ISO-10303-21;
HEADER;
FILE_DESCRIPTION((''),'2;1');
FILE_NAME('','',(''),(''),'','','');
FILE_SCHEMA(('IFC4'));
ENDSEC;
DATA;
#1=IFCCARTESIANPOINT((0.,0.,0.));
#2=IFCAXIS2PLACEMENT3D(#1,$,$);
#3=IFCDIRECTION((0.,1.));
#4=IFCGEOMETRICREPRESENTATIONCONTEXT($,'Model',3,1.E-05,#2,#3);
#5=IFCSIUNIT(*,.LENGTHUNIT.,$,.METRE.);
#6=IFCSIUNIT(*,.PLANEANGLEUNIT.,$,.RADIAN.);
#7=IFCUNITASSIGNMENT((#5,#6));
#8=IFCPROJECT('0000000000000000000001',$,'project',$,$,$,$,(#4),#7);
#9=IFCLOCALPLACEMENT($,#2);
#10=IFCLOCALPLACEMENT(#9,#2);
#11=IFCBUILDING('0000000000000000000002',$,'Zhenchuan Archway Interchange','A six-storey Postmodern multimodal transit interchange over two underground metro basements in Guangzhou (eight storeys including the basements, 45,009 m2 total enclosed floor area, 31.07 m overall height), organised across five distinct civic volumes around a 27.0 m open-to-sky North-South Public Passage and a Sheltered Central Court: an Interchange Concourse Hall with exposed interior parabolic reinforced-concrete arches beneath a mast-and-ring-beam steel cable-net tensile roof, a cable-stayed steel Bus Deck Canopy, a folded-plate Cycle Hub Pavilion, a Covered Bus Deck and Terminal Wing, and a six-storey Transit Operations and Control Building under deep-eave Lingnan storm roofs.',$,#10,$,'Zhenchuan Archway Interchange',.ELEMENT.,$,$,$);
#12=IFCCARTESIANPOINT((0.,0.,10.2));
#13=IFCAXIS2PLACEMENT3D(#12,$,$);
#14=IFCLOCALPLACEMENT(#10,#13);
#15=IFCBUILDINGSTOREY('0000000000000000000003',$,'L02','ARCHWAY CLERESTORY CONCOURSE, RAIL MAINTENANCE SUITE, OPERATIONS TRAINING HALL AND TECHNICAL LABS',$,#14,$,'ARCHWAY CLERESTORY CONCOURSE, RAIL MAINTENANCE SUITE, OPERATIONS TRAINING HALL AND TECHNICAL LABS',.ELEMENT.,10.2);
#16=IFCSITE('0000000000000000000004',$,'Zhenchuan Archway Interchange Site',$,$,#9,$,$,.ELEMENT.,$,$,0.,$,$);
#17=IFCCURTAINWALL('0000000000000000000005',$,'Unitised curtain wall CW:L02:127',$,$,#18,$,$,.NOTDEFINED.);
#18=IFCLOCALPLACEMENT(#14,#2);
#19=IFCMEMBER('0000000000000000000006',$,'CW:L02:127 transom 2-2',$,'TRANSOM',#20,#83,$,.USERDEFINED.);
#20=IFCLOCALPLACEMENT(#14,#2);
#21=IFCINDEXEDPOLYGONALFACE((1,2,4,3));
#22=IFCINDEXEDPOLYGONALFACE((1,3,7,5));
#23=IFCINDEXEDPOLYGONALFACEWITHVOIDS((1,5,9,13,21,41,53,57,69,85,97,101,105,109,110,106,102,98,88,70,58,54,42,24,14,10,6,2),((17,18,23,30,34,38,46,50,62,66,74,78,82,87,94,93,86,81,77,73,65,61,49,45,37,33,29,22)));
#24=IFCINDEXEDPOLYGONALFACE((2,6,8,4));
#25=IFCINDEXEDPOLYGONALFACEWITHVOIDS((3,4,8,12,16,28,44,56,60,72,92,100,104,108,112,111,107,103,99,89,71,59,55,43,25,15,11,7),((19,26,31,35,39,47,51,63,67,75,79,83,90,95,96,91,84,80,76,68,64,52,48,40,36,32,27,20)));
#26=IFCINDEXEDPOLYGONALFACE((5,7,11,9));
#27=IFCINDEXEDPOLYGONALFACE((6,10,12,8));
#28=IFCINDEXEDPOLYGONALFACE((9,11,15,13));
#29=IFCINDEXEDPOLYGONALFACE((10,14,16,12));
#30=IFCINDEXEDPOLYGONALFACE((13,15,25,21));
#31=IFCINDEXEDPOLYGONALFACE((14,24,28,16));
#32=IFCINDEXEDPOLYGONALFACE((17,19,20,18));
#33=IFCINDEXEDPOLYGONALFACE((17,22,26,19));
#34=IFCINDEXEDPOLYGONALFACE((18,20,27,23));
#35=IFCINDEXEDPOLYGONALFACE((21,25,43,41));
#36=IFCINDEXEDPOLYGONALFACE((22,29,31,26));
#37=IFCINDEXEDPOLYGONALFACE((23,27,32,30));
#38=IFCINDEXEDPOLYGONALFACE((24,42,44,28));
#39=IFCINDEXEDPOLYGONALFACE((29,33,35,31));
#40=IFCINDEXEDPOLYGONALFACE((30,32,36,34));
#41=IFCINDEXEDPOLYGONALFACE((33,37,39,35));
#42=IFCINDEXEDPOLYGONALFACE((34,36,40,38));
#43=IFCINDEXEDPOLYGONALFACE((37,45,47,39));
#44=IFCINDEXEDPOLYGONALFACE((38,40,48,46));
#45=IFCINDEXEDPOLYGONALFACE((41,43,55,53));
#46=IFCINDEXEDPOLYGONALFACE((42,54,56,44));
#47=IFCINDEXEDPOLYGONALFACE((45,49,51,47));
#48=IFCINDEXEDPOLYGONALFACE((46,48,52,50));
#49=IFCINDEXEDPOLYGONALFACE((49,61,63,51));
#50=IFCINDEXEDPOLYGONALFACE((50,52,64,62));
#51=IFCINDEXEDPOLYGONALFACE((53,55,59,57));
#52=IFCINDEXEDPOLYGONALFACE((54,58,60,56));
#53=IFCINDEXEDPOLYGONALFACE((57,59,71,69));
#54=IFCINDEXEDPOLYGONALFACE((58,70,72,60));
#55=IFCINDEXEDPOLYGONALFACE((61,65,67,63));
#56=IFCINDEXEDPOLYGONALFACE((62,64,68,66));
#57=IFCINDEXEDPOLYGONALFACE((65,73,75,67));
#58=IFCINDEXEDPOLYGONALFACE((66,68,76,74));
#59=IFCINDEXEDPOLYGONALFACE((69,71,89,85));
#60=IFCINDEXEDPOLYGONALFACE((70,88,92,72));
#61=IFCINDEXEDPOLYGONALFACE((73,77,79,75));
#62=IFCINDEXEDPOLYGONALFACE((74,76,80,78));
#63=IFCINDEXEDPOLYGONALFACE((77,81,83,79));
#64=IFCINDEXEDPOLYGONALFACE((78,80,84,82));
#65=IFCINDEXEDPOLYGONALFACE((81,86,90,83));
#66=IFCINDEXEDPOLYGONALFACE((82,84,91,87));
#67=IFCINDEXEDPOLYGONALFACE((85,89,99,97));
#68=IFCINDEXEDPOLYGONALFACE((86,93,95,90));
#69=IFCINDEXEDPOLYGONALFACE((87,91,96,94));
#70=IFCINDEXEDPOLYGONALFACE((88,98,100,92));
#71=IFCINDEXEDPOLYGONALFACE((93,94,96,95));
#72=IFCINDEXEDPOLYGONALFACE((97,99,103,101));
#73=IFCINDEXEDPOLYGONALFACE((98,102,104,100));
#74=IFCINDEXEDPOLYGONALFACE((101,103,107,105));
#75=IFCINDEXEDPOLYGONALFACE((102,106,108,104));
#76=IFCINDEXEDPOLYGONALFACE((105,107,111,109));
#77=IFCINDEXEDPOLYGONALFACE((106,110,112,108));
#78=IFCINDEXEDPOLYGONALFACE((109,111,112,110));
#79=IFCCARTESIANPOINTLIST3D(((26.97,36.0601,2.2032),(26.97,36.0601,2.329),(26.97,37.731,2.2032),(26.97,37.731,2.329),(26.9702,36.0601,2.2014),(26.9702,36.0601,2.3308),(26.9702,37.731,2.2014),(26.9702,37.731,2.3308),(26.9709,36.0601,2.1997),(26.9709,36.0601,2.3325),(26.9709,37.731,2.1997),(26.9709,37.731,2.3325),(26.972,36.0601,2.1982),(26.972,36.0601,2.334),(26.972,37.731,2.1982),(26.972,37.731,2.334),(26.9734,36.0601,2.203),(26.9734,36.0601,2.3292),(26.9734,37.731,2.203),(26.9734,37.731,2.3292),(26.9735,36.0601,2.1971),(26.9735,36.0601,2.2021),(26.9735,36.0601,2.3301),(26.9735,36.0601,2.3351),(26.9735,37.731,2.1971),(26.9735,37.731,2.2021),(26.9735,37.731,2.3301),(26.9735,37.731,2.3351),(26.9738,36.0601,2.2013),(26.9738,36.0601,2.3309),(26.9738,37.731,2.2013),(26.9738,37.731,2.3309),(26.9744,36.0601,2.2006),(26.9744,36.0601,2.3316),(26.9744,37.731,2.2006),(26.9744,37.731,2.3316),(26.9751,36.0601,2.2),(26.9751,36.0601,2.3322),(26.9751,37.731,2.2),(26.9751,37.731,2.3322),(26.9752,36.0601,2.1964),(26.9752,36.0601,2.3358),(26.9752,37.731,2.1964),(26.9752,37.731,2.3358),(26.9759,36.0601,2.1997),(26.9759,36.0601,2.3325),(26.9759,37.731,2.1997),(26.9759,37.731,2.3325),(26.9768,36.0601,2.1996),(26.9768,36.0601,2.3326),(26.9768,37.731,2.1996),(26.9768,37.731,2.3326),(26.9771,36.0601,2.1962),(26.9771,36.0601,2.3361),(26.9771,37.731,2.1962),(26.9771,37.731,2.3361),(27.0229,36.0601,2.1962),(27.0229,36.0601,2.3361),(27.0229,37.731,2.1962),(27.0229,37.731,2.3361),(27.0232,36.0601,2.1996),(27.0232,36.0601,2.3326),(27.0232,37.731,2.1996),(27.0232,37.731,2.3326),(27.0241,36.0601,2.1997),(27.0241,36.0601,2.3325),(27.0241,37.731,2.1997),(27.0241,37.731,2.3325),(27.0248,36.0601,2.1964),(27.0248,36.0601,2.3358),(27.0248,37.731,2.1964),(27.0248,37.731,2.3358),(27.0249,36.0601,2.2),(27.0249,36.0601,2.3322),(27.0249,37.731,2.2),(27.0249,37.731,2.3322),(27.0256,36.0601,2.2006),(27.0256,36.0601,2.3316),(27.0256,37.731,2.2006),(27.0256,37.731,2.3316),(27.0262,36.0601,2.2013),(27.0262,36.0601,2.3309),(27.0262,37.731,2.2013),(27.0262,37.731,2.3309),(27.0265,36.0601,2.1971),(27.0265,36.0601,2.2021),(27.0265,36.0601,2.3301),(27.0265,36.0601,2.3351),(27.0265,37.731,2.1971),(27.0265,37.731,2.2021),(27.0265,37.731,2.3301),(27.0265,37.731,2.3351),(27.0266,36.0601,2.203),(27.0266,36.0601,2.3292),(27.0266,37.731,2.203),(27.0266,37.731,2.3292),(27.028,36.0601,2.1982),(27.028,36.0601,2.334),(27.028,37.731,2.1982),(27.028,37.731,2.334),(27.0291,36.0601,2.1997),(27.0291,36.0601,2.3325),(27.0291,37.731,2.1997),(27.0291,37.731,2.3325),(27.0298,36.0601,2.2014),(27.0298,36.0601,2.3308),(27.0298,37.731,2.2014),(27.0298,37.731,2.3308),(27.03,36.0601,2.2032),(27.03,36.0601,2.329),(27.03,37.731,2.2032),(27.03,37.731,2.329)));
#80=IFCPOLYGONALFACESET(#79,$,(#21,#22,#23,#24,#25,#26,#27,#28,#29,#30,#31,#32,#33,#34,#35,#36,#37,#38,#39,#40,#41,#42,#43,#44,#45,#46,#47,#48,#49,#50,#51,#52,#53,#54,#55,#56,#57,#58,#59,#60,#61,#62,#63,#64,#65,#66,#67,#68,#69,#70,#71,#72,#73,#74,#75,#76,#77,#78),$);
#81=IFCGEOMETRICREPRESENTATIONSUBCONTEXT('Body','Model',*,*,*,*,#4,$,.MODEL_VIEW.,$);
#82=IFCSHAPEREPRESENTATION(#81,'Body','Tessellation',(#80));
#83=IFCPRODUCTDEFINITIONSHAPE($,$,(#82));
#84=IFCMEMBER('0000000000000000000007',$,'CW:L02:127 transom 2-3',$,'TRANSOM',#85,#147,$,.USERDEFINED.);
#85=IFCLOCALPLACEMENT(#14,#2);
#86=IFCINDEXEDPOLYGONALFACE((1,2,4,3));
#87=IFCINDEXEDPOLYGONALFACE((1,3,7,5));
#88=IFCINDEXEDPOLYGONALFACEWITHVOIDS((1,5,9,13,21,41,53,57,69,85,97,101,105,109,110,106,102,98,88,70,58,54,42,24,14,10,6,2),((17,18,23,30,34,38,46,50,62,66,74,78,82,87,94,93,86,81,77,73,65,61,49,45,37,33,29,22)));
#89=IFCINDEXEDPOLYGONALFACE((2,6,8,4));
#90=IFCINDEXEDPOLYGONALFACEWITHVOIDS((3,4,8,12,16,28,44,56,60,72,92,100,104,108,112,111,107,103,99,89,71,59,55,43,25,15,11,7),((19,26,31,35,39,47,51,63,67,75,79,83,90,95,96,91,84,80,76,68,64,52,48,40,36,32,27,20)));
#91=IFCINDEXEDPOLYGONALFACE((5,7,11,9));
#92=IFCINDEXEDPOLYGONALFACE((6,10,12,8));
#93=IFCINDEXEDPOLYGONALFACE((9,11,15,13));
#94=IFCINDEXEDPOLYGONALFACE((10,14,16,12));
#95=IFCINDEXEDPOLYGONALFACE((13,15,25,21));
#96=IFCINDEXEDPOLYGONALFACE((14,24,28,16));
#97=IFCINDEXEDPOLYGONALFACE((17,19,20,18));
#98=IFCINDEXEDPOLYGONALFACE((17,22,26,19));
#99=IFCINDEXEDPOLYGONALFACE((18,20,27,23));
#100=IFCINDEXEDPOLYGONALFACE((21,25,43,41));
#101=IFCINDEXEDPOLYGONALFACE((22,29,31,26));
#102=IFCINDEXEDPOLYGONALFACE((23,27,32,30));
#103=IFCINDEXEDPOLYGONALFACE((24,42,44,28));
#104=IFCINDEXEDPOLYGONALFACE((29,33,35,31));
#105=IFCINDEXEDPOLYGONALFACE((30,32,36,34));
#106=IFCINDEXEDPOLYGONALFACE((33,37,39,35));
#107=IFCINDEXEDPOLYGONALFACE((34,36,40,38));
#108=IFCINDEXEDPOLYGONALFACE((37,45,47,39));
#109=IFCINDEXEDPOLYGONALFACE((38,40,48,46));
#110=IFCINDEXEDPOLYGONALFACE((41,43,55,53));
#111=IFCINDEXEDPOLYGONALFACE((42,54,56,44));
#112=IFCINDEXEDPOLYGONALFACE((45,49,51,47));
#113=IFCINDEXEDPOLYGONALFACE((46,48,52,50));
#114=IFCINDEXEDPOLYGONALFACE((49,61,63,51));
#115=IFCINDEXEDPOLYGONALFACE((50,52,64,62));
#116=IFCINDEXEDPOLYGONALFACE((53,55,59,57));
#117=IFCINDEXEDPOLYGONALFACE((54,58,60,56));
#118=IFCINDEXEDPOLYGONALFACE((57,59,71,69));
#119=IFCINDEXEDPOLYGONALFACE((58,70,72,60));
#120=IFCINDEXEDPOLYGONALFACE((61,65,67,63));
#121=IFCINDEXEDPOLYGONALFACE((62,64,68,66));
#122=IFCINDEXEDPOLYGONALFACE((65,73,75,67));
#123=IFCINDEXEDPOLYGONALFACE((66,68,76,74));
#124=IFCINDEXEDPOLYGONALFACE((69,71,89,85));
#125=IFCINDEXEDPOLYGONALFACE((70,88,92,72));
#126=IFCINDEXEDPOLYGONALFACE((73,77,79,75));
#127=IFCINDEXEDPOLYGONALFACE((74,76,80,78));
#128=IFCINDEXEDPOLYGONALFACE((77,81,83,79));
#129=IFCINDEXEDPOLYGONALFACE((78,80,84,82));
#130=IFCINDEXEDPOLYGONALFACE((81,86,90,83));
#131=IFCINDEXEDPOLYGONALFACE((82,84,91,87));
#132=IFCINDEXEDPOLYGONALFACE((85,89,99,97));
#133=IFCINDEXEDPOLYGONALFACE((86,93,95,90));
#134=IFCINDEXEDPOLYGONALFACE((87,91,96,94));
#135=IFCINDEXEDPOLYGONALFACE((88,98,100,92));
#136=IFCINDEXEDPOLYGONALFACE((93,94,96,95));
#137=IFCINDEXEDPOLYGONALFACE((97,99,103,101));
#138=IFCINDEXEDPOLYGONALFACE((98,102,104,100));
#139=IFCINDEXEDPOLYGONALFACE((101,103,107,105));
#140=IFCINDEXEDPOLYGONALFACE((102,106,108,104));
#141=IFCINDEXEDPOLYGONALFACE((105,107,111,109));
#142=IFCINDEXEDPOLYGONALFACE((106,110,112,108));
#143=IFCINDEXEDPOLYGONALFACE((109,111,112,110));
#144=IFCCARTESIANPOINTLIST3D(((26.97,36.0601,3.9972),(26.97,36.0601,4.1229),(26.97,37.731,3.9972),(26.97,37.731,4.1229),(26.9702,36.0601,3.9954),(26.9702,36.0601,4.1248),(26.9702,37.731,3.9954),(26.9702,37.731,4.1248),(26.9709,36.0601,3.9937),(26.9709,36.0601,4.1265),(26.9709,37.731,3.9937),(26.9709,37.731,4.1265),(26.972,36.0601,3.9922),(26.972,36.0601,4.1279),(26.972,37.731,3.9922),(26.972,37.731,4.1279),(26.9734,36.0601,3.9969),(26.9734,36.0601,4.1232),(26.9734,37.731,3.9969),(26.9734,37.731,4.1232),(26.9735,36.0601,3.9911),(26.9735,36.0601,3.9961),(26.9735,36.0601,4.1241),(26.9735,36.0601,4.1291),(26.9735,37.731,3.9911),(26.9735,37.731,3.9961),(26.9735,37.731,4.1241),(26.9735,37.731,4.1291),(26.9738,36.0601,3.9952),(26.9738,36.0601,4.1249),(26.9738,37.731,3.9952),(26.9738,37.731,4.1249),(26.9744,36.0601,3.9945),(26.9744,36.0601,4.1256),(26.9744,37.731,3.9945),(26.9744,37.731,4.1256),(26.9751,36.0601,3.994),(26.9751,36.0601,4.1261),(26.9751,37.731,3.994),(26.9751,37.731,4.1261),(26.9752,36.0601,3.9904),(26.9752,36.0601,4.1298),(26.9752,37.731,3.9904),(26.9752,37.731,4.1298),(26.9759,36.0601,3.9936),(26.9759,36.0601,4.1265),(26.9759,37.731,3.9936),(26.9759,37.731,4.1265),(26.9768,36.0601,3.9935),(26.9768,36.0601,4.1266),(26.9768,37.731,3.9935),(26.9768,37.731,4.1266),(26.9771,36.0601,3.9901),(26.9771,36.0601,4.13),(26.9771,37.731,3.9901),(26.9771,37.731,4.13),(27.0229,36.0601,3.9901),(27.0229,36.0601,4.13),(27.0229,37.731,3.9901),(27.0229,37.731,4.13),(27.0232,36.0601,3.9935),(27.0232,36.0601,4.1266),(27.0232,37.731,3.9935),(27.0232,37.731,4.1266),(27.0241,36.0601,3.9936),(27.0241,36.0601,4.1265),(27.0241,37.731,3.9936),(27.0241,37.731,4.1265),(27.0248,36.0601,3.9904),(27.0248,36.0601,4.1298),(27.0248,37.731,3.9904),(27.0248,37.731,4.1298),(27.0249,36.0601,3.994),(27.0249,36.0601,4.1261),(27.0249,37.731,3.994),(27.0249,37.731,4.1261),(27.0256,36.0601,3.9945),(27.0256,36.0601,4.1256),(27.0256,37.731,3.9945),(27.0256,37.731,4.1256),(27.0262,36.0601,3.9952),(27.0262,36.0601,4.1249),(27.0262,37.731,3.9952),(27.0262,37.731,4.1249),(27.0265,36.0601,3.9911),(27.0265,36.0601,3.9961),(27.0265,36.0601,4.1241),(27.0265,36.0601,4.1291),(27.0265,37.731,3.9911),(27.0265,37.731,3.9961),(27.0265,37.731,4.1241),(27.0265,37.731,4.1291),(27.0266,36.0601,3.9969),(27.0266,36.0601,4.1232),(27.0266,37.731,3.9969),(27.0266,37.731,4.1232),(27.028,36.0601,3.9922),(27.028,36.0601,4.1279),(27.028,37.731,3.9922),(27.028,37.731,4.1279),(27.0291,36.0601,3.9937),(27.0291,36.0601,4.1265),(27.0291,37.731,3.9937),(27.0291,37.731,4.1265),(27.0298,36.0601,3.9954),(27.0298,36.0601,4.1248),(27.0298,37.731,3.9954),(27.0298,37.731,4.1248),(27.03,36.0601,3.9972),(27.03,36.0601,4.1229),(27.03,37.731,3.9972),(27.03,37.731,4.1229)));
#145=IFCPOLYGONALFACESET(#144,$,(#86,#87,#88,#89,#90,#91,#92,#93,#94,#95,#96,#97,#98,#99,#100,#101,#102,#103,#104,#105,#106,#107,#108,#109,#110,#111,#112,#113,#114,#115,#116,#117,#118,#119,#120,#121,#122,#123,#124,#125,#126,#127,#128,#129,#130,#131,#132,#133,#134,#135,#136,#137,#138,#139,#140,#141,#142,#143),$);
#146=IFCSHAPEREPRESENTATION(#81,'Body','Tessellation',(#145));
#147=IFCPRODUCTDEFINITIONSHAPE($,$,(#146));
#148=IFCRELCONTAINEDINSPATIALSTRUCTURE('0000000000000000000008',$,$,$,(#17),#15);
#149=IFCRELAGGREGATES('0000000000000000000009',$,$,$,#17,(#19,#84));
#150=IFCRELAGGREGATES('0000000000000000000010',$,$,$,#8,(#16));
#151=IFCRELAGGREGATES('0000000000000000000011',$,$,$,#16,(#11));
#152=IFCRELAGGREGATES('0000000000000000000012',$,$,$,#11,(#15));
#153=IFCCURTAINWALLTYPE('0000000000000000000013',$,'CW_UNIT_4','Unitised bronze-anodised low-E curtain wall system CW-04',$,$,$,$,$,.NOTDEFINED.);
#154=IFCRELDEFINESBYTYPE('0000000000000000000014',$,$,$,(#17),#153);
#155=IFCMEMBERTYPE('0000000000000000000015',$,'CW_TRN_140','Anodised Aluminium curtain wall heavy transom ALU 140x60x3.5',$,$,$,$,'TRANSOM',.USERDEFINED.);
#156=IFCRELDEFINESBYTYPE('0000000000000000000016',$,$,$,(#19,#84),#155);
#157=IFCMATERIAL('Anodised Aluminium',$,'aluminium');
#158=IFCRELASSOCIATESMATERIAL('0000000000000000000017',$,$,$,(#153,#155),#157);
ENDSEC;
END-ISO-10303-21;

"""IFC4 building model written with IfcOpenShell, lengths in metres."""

from ifc_helpers import new_model, si_unit, direction, frame, origin, origin_2d, place, context, subcontext, project, spatial, hollow_rectangle, extrude, material, material_profile, profile_set, type_object, element, aggregate, save


model = new_model("IFC4")

# Units and contexts
model_context = context("Model", 3, precision=1e-05, world=origin(), true_north=direction((0.0, 1.0)))
body_context = subcontext(model_context, "Body", "Model", "MODEL_VIEW")
ifc_project = project(units=[si_unit("LENGTHUNIT", "METRE"), si_unit("PLANEANGLEUNIT", "RADIAN")], contexts=[model_context])

# Site, building, storey
site_placement = place(None, origin())
site = spatial("IfcSite", under=ifc_project, at=site_placement, Name="Zhenchuan Archway Interchange Site", CompositionType="ELEMENT", RefElevation=0.0)
building_placement = place(site_placement, origin())
building = spatial("IfcBuilding", under=site, at=building_placement, Name="Zhenchuan Archway Interchange", Description="A six-storey Postmodern multimodal transit interchange over two underground metro basements in Guangzhou (eight storeys including the basements, 45,009 m2 total enclosed floor area, 31.07 m overall height), organised across five distinct civic volumes around a 27.0 m open-to-sky North-South Public Passage and a Sheltered Central Court: an Interchange Concourse Hall with exposed interior parabolic reinforced-concrete arches beneath a mast-and-ring-beam steel cable-net tensile roof, a cable-stayed steel Bus Deck Canopy, a folded-plate Cycle Hub Pavilion, a Covered Bus Deck and Terminal Wing, and a six-storey Transit Operations and Control Building under deep-eave Lingnan storm roofs.", LongName="Zhenchuan Archway Interchange", CompositionType="ELEMENT")
storey_placement = place(building_placement, frame((0.0, 0.0, 10.2)))
storey = spatial("IfcBuildingStorey", under=building, at=storey_placement, Name="L02", Description="ARCHWAY CLERESTORY CONCOURSE, RAIL MAINTENANCE SUITE, OPERATIONS TRAINING HALL AND TECHNICAL LABS", LongName="ARCHWAY CLERESTORY CONCOURSE, RAIL MAINTENANCE SUITE, OPERATIONS TRAINING HALL AND TECHNICAL LABS", CompositionType="ELEMENT", Elevation=10.2)

# Curtain wall, members
ifc_material_1 = material(Name="Anodised Aluminium", Category="aluminium")
curtain_wall_type = type_object("IfcCurtainWallType", Name="CW_UNIT_4", Description="Unitised bronze-anodised low-E curtain wall system CW-04", PredefinedType="NOTDEFINED", material=ifc_material_1)
curtain_wall_placement = place(storey_placement, origin())
curtain_wall = element("IfcCurtainWall", 1, at=curtain_wall_placement, inside=storey, type_object=curtain_wall_type, Name="Unitised curtain wall CW:L02:127", PredefinedType="NOTDEFINED")
ifc_material_profile_1 = material_profile(ifc_material_1, hollow_rectangle(XDim=0.0601, YDim=0.1399, WallThickness=0.0034, InnerFilletRadius=0.0034, OuterFilletRadius=0.0071, at=origin_2d()), Name="ALU 140x60x3.5")
ifc_profile_set_1 = profile_set([ifc_material_profile_1], Name="Anodised Aluminium")
member_type_1 = type_object("IfcMemberType", Name="CW_TRN_140", Description="Anodised Aluminium curtain wall heavy transom ALU 140x60x3.5", ElementType="TRANSOM", PredefinedType="USERDEFINED", material=ifc_profile_set_1)
member_1_placement = place(storey_placement, frame((27.0, 36.0601, 2.2661), z_axis=(0.0, 1.0, 0.0), x_axis=(-1.0, 0.0, 0.0)))
member_1 = element("IfcMember", 2, at=member_1_placement, type_object=member_type_1, Name="CW:L02:127 transom 2-2", ObjectType="TRANSOM", PredefinedType="USERDEFINED", context=body_context, shape_type="SweptSolid", body=[
    extrude(hollow_rectangle(XDim=0.0601, YDim=0.1399, WallThickness=0.0034, InnerFilletRadius=0.0034, OuterFilletRadius=0.0071, at=origin_2d()), origin(), (0.0, 0.0, 1.0), 1.6709),
])
member_2_placement = place(storey_placement, frame((27.0, 36.0601, 4.0601), z_axis=(0.0, 1.0, 0.0), x_axis=(-1.0, 0.0, 0.0)))
member_2 = element("IfcMember", 3, at=member_2_placement, type_object=member_type_1, Name="CW:L02:127 transom 2-3", ObjectType="TRANSOM", PredefinedType="USERDEFINED", context=body_context, shape_type="SweptSolid", body=[
    extrude(hollow_rectangle(XDim=0.0601, YDim=0.1399, WallThickness=0.0034, InnerFilletRadius=0.0034, OuterFilletRadius=0.0071, at=origin_2d()), origin(), (0.0, 0.0, 1.0), 1.6709),
])

aggregate(curtain_wall, [member_1, member_2])

save(model, "model.ifc")
